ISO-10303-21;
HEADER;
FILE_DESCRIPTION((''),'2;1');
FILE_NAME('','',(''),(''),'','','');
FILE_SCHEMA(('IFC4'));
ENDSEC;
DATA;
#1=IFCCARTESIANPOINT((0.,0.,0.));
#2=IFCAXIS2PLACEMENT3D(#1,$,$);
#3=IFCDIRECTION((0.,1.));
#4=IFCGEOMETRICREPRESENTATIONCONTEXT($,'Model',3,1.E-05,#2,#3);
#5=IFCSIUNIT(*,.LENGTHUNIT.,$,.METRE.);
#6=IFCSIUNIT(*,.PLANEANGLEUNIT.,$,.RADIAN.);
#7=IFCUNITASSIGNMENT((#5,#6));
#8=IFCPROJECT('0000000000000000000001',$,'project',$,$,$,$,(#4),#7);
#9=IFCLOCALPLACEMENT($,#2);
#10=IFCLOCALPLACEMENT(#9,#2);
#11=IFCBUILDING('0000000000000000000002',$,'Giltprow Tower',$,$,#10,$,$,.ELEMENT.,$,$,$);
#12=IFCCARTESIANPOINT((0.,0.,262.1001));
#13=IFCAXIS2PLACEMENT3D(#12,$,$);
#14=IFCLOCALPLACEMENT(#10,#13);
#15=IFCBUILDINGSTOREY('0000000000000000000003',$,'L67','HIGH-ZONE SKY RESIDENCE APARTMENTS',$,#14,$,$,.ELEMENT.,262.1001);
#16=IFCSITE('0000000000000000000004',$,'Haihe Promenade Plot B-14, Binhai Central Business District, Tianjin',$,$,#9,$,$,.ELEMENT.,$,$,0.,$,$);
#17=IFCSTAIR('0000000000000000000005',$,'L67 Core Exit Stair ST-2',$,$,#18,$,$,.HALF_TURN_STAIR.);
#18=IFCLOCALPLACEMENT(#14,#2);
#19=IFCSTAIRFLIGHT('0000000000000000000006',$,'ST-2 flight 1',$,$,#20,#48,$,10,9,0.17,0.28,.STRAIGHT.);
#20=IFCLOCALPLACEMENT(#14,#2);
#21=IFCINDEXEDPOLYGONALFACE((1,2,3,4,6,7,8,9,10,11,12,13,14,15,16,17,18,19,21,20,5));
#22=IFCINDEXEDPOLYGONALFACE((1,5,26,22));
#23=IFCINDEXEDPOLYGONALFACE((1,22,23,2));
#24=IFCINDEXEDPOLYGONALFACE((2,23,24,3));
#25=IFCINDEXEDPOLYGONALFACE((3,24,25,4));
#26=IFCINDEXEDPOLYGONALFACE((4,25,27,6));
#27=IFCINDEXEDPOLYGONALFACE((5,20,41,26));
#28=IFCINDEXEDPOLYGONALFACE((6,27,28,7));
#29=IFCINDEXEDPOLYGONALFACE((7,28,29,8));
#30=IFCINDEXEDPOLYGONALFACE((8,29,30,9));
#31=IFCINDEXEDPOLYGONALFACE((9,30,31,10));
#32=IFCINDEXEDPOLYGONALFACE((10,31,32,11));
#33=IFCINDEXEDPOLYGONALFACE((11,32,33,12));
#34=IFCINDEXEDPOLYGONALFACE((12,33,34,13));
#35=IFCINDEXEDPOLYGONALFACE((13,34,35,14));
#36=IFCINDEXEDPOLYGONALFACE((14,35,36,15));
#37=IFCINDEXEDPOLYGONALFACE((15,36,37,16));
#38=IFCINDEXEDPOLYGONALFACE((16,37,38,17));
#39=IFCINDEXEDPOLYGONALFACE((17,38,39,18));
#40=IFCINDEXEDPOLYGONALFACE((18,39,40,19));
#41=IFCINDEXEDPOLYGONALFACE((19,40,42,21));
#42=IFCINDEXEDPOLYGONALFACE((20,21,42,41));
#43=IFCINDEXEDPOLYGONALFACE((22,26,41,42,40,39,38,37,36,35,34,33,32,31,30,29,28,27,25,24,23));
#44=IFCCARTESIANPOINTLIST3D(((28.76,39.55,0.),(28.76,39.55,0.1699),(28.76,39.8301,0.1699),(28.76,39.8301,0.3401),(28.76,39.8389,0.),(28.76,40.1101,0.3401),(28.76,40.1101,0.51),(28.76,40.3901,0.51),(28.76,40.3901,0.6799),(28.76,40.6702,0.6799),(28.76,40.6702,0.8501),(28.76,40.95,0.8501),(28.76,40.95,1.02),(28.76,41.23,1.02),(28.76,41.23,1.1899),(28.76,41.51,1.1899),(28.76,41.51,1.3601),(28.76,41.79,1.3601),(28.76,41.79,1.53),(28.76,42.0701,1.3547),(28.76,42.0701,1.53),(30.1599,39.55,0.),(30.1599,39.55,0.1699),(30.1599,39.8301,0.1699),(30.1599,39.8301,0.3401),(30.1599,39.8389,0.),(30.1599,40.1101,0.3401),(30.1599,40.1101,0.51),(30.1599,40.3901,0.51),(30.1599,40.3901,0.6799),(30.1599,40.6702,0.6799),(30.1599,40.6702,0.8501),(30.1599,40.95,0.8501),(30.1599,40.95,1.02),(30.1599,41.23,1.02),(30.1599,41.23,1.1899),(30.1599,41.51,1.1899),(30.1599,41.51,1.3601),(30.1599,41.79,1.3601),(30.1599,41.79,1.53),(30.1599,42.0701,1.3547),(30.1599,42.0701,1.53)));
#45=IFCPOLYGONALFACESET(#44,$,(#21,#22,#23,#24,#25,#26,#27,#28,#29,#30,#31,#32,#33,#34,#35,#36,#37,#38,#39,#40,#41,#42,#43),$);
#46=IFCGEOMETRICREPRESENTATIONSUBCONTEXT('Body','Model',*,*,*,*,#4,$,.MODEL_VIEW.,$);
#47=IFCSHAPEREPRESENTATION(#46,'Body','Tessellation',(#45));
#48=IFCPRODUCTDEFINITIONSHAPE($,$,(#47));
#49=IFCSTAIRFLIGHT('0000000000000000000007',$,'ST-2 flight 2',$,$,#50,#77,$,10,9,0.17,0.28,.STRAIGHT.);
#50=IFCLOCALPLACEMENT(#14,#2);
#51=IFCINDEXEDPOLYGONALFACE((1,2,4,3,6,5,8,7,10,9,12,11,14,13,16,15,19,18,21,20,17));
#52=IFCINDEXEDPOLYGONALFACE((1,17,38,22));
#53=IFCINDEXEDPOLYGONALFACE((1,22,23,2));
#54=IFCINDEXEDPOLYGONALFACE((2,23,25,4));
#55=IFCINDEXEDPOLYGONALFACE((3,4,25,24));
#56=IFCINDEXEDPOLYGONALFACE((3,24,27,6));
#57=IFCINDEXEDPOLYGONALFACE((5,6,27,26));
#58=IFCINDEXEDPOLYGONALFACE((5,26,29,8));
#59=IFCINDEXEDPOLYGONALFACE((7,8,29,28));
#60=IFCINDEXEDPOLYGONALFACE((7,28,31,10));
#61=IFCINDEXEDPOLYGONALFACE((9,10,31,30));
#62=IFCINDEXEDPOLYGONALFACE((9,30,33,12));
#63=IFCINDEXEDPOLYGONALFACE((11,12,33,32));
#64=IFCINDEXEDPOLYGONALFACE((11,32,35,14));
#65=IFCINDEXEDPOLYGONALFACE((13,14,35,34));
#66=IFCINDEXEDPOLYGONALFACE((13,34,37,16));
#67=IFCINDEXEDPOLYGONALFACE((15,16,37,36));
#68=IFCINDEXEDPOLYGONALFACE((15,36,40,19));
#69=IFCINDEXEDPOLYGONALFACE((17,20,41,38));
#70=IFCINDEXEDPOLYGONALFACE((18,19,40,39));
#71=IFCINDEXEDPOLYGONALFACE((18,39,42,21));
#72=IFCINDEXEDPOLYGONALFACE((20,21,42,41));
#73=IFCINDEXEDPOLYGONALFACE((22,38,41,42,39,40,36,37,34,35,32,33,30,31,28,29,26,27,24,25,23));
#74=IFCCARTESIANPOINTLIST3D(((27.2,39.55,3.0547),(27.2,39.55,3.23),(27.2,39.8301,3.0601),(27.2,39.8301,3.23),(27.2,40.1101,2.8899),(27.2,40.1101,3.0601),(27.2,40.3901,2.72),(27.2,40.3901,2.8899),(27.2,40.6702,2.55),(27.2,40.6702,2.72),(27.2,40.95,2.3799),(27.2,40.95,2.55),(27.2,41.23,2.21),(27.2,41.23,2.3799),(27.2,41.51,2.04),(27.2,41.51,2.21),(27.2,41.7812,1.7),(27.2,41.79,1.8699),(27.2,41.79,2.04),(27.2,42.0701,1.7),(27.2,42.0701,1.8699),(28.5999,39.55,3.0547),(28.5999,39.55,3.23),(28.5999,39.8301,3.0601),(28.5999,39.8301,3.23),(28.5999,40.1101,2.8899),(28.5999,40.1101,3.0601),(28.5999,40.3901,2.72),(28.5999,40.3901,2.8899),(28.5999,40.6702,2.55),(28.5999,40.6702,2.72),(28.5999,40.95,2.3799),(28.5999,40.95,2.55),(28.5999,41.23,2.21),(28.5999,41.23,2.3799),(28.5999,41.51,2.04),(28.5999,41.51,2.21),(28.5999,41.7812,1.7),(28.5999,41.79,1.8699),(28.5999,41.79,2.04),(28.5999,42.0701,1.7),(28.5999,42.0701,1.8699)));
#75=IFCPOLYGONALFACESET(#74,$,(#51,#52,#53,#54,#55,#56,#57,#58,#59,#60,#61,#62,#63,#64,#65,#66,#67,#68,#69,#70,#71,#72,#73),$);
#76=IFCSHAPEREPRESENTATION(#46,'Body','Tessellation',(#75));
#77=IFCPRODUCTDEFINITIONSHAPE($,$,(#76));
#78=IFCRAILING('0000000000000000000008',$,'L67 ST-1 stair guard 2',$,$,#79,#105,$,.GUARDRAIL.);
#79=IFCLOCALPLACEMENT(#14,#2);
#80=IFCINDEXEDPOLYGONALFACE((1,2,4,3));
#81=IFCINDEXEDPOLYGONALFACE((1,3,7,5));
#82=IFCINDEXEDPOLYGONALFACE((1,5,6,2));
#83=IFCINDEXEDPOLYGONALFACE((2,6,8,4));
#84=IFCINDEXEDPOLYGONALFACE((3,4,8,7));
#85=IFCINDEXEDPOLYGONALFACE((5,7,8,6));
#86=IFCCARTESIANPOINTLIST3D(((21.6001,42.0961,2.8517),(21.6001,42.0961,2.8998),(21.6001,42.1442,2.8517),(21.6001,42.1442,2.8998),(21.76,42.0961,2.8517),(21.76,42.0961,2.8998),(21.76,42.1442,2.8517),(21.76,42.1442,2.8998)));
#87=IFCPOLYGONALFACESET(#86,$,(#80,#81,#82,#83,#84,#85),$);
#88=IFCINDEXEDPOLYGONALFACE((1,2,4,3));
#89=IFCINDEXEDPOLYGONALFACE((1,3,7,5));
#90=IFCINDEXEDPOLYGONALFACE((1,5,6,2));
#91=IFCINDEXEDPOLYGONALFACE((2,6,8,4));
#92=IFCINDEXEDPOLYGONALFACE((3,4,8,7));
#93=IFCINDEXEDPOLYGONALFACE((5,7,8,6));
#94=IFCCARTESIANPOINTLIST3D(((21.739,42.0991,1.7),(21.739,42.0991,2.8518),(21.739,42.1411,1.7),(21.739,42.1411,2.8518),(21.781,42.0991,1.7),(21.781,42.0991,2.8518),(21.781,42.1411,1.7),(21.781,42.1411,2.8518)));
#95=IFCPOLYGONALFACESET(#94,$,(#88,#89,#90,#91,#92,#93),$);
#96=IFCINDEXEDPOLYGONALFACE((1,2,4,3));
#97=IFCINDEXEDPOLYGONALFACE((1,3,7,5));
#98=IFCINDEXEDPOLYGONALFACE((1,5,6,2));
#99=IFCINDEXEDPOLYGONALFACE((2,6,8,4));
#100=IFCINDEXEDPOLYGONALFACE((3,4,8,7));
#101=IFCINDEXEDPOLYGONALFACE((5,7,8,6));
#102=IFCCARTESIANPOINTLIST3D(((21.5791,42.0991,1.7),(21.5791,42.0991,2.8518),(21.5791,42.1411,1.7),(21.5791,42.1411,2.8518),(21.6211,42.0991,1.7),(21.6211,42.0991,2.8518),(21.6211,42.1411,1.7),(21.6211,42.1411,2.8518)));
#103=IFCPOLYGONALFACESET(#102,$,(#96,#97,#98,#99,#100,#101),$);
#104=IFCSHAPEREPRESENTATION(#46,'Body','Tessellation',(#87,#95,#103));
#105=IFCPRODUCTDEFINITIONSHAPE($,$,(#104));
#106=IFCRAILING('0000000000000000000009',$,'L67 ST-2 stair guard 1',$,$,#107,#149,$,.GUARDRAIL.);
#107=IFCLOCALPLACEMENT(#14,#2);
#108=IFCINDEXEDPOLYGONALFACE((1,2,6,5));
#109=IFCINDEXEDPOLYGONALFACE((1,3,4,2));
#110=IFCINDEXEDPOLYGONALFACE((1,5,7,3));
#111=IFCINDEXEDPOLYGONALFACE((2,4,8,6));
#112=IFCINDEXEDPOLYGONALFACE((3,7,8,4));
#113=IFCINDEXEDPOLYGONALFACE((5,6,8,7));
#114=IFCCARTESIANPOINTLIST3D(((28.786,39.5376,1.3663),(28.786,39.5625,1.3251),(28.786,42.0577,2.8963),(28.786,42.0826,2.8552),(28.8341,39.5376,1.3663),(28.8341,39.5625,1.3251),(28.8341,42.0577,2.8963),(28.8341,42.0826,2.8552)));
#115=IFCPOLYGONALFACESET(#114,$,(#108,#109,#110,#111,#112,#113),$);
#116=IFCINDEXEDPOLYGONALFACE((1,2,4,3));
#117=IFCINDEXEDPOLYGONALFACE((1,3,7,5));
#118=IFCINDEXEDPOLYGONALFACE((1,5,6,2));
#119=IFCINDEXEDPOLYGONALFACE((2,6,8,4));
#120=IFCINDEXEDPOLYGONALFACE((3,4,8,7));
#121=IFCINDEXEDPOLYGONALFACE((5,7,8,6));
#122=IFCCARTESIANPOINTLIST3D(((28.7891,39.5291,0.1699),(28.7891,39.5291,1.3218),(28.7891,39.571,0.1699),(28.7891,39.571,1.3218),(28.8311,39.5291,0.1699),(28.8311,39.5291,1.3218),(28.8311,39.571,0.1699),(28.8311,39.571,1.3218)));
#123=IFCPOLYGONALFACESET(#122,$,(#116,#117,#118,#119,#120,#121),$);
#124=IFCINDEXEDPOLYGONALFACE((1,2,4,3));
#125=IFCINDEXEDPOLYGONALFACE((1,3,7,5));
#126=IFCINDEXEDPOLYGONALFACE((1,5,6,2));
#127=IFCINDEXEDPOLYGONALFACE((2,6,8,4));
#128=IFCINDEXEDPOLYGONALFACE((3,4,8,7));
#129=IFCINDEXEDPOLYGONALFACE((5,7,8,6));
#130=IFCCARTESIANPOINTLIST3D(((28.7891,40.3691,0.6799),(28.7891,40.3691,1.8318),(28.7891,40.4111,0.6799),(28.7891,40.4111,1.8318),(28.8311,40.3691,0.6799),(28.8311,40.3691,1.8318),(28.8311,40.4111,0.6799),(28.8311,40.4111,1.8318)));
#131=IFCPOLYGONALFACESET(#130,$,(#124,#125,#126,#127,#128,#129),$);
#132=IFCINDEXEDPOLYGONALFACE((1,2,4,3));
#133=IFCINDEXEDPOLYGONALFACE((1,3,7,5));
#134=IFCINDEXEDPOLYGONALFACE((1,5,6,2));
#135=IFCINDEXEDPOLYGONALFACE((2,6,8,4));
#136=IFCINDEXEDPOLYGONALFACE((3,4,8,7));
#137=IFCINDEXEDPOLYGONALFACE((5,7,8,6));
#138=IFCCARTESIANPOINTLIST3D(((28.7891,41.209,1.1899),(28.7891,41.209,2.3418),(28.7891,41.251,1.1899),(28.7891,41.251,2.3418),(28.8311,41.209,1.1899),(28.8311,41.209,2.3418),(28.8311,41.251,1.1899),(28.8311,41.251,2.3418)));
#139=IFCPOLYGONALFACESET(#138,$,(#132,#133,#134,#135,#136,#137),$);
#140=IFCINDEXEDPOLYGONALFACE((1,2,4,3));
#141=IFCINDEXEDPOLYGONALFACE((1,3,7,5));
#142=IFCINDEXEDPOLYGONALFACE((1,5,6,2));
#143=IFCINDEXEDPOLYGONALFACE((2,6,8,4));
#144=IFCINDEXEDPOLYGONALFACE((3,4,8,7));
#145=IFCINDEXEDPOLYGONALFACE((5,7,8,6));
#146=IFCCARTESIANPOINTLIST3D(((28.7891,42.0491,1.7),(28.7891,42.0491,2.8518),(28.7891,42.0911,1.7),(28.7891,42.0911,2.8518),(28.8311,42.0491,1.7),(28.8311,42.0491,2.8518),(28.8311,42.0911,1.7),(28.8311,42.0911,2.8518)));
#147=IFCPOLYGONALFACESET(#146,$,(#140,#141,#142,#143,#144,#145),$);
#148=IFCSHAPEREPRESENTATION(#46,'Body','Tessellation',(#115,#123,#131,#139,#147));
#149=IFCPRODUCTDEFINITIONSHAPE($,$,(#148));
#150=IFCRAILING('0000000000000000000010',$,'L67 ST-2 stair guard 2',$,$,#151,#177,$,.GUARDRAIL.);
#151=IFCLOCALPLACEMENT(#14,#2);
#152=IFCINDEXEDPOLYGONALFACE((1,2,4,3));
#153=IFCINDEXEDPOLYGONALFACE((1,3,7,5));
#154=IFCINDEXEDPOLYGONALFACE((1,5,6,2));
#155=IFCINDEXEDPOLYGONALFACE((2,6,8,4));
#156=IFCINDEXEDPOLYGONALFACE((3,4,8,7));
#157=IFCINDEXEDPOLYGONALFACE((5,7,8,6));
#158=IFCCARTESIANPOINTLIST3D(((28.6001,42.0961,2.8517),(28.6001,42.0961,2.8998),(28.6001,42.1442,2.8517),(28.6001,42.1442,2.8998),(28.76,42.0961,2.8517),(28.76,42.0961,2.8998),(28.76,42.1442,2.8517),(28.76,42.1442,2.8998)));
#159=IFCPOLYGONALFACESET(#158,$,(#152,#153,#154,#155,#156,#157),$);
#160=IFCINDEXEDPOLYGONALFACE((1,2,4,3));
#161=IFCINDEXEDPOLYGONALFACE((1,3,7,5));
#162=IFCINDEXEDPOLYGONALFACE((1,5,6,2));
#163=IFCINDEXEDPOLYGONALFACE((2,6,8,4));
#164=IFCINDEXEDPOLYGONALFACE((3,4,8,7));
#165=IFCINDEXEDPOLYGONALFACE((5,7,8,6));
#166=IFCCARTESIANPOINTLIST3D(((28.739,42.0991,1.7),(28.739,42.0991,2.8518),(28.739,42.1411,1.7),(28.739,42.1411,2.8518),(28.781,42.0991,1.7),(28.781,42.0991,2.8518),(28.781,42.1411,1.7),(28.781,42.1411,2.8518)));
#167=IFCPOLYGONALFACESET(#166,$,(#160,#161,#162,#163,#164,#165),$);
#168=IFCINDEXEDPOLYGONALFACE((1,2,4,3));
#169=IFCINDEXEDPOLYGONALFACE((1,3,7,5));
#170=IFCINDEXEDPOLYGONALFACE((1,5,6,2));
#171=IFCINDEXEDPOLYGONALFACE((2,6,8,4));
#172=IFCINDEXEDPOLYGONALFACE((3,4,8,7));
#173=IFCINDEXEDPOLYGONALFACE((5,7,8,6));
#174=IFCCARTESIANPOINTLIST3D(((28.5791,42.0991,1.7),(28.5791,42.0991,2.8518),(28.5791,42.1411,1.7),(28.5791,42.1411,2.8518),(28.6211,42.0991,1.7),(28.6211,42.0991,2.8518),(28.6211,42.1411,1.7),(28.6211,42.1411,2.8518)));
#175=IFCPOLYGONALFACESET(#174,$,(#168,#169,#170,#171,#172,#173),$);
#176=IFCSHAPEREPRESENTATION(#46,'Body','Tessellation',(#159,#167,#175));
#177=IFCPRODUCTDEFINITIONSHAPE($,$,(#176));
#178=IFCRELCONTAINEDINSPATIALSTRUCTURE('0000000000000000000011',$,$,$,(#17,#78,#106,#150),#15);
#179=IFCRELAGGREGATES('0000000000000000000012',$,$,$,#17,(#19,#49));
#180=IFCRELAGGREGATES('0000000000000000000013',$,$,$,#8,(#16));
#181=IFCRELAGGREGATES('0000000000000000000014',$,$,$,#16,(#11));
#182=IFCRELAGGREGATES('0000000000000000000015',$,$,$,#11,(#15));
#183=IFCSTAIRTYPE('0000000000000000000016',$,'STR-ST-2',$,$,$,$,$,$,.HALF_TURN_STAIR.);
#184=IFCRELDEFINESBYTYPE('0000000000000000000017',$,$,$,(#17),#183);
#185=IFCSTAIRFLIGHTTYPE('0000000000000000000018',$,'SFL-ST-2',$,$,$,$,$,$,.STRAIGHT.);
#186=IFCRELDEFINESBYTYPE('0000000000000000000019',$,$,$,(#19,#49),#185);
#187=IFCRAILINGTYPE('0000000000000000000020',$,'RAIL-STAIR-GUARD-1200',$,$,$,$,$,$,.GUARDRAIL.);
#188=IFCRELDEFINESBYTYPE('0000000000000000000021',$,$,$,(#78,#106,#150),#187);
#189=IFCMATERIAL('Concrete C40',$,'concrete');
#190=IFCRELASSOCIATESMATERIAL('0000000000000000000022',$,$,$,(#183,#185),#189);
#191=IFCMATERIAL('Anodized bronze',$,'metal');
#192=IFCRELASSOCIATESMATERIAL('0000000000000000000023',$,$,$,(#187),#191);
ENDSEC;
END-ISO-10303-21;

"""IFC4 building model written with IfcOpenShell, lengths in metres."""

from ifc_helpers import new_model, si_unit, direction, frame, origin, origin_2d, place, context, subcontext, project, spatial, polyline, rectangle, outline, extrude, material, type_object, element, aggregate, save


model = new_model("IFC4")

# Units and contexts
model_context = context("Model", 3, precision=1e-05, world=origin(), true_north=direction((0.0, 1.0)))
body_context = subcontext(model_context, "Body", "Model", "MODEL_VIEW")
ifc_project = project(units=[si_unit("LENGTHUNIT", "METRE"), si_unit("PLANEANGLEUNIT", "RADIAN")], contexts=[model_context])

# Site, building, storey
site_placement = place(None, origin())
site = spatial("IfcSite", under=ifc_project, at=site_placement, Name="Haihe Promenade Plot B-14, Binhai Central Business District, Tianjin", CompositionType="ELEMENT", RefElevation=0.0)
building_placement = place(site_placement, origin())
building = spatial("IfcBuilding", under=site, at=building_placement, Name="Giltprow Tower", CompositionType="ELEMENT")
storey_placement = place(building_placement, frame((0.0, 0.0, 262.1001)))
storey = spatial("IfcBuildingStorey", under=building, at=storey_placement, Name="L67", Description="HIGH-ZONE SKY RESIDENCE APARTMENTS", CompositionType="ELEMENT", Elevation=262.1001)

# Shared definitions
ifc_material_1 = material(Name="Concrete C40", Category="concrete")

# Stair, stair flights
stair_type = type_object("IfcStairType", Name="STR-ST-2", PredefinedType="HALF_TURN_STAIR", material=ifc_material_1)
stair_placement = place(storey_placement, origin())
stair = element("IfcStair", 1, at=stair_placement, inside=storey, type_object=stair_type, Name="L67 Core Exit Stair ST-2", PredefinedType="HALF_TURN_STAIR")
stair_flight_type = type_object("IfcStairFlightType", Name="SFL-ST-2", PredefinedType="STRAIGHT", material=ifc_material_1)
stair_flight_1_placement = place(storey_placement, frame((29.46, 39.55, 0.0), z_axis=(0.0, 0.0, 1.0), x_axis=(0.0, 1.0, 0.0)))
stair_flight_1 = element("IfcStairFlight", 2, at=stair_flight_1_placement, type_object=stair_flight_type, Name="ST-2 flight 1", NumberOfRisers=10, NumberOfTreads=9, PredefinedType="STRAIGHT", RiserHeight=0.17, TreadLength=0.28, context=body_context, shape_type="SweptSolid", body=[
    extrude(outline(polyline([(0.0, 0.0), (0.0, 0.1699), (0.28, 0.1699), (0.28, 0.3401), (0.5601, 0.3401), (0.5601, 0.51), (0.8401, 0.51), (0.8401, 0.6799), (1.1201, 0.6799), (1.1201, 0.8501), (1.3999, 0.8501), (1.3999, 1.02), (1.6799, 1.02), (1.6799, 1.1899), (1.96, 1.1899), (1.96, 1.3601), (2.24, 1.3601), (2.24, 1.53), (2.52, 1.53), (2.52, 1.7), (2.52, 1.3547), (0.2888, 0.0), (0.0, 0.0)])), frame((0.0, 0.7, 0.0), z_axis=(0.0, -1.0, 0.0), x_axis=(1.0, 0.0, 0.0)), (0.0, 0.0, 1.0), 1.3999),
])
stair_flight_2_placement = place(storey_placement, frame((27.8999, 42.0701, 1.7), z_axis=(0.0, 0.0, 1.0), x_axis=(0.0, -1.0, 0.0)))
stair_flight_2 = element("IfcStairFlight", 3, at=stair_flight_2_placement, type_object=stair_flight_type, Name="ST-2 flight 2", NumberOfRisers=10, NumberOfTreads=9, PredefinedType="STRAIGHT", RiserHeight=0.17, TreadLength=0.28, context=body_context, shape_type="SweptSolid", body=[
    extrude(outline(polyline([(0.0, 0.0), (0.0, 0.1699), (0.28, 0.1699), (0.28, 0.3401), (0.5601, 0.3401), (0.5601, 0.51), (0.8401, 0.51), (0.8401, 0.6799), (1.1201, 0.6799), (1.1201, 0.8501), (1.3999, 0.8501), (1.3999, 1.02), (1.6799, 1.02), (1.6799, 1.1899), (1.96, 1.1899), (1.96, 1.3601), (2.24, 1.3601), (2.24, 1.53), (2.52, 1.53), (2.52, 1.7), (2.52, 1.3547), (0.2888, 0.0), (0.0, 0.0)])), frame((0.0, 0.7, 0.0), z_axis=(0.0, -1.0, 0.0), x_axis=(1.0, 0.0, 0.0)), (0.0, 0.0, 1.0), 1.3999),
])
aggregate(stair, [stair_flight_1, stair_flight_2])

# Railings
ifc_material_2 = material(Name="Anodized bronze", Category="metal")
railing_type_1 = type_object("IfcRailingType", Name="RAIL-STAIR-GUARD-1200", PredefinedType="GUARDRAIL", material=ifc_material_2)
railing_1_placement = place(storey_placement, frame((21.76, 42.1201, 1.7)))
element("IfcRailing", 4, at=railing_1_placement, inside=storey, type_object=railing_type_1, Name="L67 ST-1 stair guard 2", PredefinedType="GUARDRAIL", context=body_context, shape_type="SweptSolid", body=[
    extrude(rectangle(XDim=0.0481, YDim=0.0481, at=origin_2d()), frame((0.0, 0.0, 1.1758), z_axis=(-1.0, 0.0, 0.0), x_axis=(0.0, -1.0, 0.0)), (0.0, 0.0, 1.0), 0.1599),
    extrude(rectangle(XDim=0.042, YDim=0.042, at=origin_2d()), origin(), (0.0, 0.0, 1.0), 1.1519),
    extrude(rectangle(XDim=0.042, YDim=0.042, at=origin_2d()), frame((-0.1599, 0.0, 0.0)), (0.0, 0.0, 1.0), 1.1519),
])
railing_2_placement = place(storey_placement, frame((28.8101, 39.55, 0.1699)))
element("IfcRailing", 5, at=railing_2_placement, inside=storey, type_object=railing_type_1, Name="L67 ST-2 stair guard 1", PredefinedType="GUARDRAIL", context=body_context, shape_type="SweptSolid", body=[
    extrude(rectangle(XDim=0.0481, YDim=0.0481, at=origin_2d()), frame((0.0, 0.0, 1.1758), z_axis=(0.0, 0.854785, 0.518982), x_axis=(-1.0, 0.0, 0.0)), (0.0, 0.0, 1.0), 2.9482),
    extrude(rectangle(XDim=0.042, YDim=0.042, at=origin_2d()), origin(), (0.0, 0.0, 1.0), 1.1519),
    extrude(rectangle(XDim=0.042, YDim=0.042, at=origin_2d()), frame((0.0, 0.8401, 0.51)), (0.0, 0.0, 1.0), 1.1519),
    extrude(rectangle(XDim=0.042, YDim=0.042, at=origin_2d()), frame((0.0, 1.6799, 1.02)), (0.0, 0.0, 1.0), 1.1519),
    extrude(rectangle(XDim=0.042, YDim=0.042, at=origin_2d()), frame((0.0, 2.52, 1.53)), (0.0, 0.0, 1.0), 1.1519),
])
railing_3_placement = place(storey_placement, frame((28.76, 42.1201, 1.7)))
element("IfcRailing", 6, at=railing_3_placement, inside=storey, type_object=railing_type_1, Name="L67 ST-2 stair guard 2", PredefinedType="GUARDRAIL", context=body_context, shape_type="SweptSolid", body=[
    extrude(rectangle(XDim=0.0481, YDim=0.0481, at=origin_2d()), frame((0.0, 0.0, 1.1758), z_axis=(-1.0, 0.0, 0.0), x_axis=(0.0, -1.0, 0.0)), (0.0, 0.0, 1.0), 0.1599),
    extrude(rectangle(XDim=0.042, YDim=0.042, at=origin_2d()), origin(), (0.0, 0.0, 1.0), 1.1519),
    extrude(rectangle(XDim=0.042, YDim=0.042, at=origin_2d()), frame((-0.1599, 0.0, 0.0)), (0.0, 0.0, 1.0), 1.1519),
])

save(model, "model.ifc")
